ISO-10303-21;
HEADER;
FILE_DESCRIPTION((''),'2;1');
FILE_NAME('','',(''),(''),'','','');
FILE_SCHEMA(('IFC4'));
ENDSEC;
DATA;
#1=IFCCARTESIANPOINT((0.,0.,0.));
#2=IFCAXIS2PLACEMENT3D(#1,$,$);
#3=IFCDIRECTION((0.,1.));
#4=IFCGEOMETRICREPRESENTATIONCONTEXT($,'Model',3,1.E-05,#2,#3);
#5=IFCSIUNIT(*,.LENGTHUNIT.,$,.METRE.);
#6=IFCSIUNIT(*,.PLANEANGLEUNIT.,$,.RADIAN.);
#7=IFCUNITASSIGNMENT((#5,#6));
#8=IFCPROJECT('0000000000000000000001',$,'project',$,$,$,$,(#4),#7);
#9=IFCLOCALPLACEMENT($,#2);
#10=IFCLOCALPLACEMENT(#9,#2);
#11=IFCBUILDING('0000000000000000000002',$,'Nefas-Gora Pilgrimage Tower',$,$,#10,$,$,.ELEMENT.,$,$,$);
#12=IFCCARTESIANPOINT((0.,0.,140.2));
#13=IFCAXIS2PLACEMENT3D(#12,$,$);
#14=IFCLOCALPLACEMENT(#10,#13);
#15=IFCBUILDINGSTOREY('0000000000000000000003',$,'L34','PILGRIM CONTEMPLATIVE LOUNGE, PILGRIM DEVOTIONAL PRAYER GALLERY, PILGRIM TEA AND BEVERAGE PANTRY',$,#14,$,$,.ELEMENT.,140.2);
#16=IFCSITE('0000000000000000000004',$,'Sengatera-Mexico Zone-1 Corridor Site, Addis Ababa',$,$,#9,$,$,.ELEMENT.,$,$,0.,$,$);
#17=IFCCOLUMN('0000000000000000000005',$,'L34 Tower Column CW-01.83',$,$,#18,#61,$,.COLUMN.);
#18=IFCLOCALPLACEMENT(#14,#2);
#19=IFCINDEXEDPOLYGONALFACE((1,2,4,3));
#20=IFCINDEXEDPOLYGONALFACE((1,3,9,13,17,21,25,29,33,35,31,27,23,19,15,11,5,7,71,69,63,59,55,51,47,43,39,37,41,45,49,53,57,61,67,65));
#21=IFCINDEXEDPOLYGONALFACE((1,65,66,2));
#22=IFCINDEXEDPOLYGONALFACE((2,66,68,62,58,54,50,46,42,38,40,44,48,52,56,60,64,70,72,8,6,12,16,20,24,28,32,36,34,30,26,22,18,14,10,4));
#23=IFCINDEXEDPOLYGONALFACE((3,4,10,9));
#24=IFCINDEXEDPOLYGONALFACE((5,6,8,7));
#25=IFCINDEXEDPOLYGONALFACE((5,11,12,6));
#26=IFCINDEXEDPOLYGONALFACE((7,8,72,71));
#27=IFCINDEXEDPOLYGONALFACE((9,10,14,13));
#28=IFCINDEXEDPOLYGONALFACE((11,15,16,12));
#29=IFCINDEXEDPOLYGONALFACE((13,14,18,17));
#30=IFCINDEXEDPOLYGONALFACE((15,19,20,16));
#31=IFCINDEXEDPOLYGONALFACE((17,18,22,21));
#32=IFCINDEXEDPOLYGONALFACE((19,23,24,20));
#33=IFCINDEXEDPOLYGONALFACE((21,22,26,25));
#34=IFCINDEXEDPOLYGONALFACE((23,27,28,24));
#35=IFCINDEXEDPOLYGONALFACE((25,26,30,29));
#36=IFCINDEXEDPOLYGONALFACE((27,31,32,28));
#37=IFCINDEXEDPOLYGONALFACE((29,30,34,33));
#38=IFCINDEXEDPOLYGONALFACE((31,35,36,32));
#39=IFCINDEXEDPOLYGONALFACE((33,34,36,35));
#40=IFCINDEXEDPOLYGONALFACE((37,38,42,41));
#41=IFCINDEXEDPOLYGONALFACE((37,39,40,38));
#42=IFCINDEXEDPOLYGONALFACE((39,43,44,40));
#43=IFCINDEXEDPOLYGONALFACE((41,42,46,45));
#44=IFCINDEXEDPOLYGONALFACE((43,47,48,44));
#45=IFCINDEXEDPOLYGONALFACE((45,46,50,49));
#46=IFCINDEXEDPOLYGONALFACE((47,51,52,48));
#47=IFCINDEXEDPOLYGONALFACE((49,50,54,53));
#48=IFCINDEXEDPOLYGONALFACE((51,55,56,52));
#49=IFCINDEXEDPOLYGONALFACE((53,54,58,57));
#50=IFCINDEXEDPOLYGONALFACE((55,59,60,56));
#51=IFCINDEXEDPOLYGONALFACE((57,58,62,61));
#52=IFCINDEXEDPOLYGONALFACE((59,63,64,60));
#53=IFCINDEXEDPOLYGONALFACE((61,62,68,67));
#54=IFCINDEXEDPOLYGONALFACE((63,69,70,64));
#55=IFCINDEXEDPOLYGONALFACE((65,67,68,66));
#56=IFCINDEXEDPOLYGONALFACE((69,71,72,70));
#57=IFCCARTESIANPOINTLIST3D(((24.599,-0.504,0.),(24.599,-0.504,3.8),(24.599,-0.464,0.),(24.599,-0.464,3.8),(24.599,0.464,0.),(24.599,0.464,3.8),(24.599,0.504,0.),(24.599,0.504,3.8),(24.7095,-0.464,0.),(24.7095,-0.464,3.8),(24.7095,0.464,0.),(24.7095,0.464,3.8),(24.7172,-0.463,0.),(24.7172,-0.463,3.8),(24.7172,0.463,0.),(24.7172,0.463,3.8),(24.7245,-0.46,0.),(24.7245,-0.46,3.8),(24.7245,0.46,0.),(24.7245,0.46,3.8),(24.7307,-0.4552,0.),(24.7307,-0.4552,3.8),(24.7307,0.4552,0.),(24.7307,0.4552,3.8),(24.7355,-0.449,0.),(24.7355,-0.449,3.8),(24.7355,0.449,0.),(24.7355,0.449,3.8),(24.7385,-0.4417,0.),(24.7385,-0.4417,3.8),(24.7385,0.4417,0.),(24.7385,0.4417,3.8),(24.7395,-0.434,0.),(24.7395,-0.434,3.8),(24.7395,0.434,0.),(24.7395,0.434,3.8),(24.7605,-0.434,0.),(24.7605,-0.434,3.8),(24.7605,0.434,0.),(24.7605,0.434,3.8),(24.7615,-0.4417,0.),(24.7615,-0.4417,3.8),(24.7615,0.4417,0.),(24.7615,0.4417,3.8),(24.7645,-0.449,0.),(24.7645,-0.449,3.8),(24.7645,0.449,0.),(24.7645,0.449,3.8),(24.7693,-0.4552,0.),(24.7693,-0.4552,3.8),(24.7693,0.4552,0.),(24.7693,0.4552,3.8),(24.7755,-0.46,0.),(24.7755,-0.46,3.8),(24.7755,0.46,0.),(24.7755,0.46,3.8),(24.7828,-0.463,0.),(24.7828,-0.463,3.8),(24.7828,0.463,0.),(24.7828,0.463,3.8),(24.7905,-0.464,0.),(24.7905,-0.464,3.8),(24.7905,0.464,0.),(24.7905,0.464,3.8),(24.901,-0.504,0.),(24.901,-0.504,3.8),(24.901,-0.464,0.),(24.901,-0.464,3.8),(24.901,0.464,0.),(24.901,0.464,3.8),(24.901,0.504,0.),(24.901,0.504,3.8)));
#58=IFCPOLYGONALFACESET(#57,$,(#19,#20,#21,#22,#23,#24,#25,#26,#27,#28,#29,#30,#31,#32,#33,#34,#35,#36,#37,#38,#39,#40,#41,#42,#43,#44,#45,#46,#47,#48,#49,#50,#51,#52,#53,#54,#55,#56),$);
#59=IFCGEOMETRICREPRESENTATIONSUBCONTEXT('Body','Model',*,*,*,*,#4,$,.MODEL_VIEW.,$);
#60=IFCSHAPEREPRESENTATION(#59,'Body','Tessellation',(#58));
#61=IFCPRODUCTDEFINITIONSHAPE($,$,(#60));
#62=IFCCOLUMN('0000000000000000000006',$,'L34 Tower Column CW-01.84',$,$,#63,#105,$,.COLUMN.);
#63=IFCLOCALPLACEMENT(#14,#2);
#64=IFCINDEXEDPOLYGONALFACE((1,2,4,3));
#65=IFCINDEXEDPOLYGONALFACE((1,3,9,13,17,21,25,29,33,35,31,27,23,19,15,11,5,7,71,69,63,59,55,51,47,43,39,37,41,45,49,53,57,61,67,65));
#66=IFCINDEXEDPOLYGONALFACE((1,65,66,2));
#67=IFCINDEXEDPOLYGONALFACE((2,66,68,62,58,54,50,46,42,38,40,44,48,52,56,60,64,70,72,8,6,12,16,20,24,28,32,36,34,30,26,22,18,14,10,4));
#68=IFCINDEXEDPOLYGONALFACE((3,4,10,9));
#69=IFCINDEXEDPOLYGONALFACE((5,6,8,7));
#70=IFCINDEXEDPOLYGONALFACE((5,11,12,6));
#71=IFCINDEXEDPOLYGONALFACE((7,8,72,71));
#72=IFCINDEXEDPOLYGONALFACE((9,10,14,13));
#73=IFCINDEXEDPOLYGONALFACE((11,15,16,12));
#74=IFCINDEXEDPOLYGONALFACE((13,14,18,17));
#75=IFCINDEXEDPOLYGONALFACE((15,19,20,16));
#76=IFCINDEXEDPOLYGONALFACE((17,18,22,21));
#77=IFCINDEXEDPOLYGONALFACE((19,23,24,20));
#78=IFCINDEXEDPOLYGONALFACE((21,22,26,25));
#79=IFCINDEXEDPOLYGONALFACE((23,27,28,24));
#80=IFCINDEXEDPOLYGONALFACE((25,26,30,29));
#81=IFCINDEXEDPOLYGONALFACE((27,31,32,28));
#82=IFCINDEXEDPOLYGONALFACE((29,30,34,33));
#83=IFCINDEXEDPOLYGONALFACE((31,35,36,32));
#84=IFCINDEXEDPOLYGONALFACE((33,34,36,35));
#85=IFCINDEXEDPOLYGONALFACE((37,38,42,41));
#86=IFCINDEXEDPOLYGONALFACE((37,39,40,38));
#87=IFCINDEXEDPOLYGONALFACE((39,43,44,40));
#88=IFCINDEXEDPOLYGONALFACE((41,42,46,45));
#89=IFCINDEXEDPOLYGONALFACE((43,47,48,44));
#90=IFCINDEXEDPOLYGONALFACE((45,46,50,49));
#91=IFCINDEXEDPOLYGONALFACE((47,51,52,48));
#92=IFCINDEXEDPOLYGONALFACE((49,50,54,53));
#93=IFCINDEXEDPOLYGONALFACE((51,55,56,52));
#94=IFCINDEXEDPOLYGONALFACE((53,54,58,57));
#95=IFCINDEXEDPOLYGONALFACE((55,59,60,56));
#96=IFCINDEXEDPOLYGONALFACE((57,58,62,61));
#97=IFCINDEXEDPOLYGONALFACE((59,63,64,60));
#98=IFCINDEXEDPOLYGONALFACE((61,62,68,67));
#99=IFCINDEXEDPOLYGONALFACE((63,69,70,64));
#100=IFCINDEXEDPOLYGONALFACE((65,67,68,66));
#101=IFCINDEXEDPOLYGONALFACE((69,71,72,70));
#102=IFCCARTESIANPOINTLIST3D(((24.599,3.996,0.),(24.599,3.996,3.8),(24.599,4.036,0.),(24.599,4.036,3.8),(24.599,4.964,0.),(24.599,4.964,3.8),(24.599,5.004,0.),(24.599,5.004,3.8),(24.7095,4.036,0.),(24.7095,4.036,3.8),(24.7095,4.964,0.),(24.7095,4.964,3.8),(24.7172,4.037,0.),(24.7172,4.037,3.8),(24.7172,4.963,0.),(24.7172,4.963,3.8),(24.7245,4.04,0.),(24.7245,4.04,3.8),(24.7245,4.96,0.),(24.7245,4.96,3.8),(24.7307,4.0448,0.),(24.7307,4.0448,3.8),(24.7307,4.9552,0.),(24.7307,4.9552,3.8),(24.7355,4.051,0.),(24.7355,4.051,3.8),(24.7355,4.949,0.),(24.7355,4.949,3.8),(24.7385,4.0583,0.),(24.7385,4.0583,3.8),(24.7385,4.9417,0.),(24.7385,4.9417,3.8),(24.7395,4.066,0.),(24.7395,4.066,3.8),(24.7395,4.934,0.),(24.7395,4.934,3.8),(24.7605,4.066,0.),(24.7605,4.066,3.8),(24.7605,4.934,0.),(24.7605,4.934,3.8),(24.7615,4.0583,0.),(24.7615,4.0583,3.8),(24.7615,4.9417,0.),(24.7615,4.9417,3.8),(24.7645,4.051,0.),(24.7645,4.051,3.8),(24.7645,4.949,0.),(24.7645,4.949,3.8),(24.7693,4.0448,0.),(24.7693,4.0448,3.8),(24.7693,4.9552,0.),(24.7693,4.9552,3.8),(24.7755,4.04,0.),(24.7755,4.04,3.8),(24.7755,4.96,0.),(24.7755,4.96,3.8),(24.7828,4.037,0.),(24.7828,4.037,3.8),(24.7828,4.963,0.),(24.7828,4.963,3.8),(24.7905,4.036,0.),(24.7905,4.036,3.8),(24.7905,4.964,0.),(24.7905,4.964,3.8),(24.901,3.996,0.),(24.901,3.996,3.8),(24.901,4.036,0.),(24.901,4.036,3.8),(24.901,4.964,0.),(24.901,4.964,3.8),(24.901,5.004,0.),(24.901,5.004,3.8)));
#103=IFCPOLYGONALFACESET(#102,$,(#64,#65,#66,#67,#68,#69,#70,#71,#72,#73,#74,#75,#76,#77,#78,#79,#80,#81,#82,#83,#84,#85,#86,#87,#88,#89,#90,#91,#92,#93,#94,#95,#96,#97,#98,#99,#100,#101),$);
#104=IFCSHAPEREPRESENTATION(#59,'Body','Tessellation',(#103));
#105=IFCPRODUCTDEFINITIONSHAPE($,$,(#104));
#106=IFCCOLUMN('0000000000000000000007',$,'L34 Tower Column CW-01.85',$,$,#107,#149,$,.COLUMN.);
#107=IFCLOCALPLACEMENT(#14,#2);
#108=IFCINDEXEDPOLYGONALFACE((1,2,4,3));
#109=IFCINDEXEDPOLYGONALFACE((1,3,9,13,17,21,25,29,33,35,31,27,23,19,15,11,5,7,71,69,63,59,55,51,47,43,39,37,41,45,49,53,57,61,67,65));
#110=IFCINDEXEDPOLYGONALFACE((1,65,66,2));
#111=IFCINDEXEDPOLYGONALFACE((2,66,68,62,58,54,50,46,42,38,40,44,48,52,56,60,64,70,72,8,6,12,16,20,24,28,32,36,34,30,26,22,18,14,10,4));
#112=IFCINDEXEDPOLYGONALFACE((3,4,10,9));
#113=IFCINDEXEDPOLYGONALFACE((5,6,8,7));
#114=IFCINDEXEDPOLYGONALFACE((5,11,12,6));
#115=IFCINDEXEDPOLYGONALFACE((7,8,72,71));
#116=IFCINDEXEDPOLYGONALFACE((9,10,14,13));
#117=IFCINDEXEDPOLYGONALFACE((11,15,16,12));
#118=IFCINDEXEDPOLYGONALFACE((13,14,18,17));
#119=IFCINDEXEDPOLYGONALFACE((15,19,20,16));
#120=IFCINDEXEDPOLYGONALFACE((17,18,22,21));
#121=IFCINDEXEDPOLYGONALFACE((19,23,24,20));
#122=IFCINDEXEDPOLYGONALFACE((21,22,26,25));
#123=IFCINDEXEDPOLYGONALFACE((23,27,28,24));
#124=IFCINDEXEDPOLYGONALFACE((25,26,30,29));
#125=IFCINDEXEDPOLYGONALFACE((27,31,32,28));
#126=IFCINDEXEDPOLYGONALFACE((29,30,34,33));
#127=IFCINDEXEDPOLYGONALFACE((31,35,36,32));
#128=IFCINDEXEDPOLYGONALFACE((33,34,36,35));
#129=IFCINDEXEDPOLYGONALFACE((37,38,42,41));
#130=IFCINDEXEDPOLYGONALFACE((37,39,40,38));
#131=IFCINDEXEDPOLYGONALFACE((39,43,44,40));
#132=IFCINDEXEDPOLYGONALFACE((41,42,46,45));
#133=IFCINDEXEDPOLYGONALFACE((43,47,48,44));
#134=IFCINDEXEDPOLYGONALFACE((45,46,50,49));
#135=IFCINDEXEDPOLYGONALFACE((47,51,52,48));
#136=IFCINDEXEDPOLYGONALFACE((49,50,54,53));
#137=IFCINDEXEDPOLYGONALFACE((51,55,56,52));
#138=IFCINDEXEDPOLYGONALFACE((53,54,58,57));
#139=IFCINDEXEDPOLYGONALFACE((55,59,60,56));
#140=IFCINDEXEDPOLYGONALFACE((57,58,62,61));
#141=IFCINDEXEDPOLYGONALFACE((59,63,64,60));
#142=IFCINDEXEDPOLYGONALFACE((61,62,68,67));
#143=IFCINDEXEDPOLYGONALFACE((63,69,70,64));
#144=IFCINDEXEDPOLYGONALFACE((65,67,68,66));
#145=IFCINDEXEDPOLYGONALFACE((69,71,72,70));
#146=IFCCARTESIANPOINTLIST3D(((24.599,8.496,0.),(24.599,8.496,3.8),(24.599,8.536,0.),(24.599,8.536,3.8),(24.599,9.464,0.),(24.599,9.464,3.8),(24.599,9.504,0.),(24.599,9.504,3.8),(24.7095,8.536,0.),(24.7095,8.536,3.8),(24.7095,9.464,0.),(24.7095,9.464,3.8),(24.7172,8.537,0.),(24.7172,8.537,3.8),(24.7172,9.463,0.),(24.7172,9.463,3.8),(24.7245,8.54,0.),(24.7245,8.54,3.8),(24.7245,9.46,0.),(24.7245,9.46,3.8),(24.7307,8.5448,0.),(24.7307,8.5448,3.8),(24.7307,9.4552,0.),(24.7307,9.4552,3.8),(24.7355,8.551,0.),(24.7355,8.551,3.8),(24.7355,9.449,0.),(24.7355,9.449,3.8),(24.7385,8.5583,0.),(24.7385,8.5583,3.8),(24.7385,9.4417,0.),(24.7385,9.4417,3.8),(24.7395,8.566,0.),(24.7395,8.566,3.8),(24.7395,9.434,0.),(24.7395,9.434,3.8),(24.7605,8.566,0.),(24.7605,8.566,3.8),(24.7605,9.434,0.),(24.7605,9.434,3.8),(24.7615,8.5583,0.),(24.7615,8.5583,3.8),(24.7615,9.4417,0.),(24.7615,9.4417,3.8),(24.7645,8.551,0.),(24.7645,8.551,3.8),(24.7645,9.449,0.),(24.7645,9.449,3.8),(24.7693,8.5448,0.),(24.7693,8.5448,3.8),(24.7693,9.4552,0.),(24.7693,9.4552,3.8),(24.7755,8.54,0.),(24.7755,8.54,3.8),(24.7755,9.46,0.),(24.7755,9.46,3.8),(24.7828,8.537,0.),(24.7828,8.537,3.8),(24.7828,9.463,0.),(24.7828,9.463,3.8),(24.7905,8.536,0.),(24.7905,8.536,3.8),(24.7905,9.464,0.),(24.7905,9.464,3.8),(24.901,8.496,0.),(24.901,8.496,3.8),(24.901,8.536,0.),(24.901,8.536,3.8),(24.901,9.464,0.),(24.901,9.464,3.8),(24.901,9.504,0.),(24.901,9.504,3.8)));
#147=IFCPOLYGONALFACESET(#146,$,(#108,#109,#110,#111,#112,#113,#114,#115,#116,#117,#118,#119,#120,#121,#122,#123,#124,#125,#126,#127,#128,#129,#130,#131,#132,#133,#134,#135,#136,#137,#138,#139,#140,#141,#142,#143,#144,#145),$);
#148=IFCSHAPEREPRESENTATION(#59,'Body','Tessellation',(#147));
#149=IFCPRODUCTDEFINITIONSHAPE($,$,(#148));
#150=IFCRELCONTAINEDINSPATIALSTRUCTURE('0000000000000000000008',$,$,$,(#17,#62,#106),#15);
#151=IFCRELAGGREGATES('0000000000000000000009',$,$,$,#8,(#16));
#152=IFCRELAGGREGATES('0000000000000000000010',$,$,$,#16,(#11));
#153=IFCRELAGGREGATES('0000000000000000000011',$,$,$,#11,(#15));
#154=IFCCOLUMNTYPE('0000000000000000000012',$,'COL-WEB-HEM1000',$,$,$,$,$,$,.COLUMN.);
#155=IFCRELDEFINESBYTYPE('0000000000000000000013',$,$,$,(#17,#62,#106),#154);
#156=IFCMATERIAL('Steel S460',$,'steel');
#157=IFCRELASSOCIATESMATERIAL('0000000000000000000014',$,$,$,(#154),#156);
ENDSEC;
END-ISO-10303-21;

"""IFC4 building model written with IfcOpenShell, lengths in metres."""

from ifc_helpers import new_model, si_unit, direction, frame, origin, origin_2d, place, context, subcontext, project, spatial, i_section, extrude, source, transform, mapped, material, material_profile, profile_set, type_object, element, save


model = new_model("IFC4")

# Units and contexts
model_context = context("Model", 3, precision=1e-05, world=origin(), true_north=direction((0.0, 1.0)))
body_context = subcontext(model_context, "Body", "Model", "MODEL_VIEW")
ifc_project = project(units=[si_unit("LENGTHUNIT", "METRE"), si_unit("PLANEANGLEUNIT", "RADIAN")], contexts=[model_context])

# Site, building, storey
site_placement = place(None, origin())
site = spatial("IfcSite", under=ifc_project, at=site_placement, Name="Sengatera-Mexico Zone-1 Corridor Site, Addis Ababa", CompositionType="ELEMENT", RefElevation=0.0)
building_placement = place(site_placement, origin())
building = spatial("IfcBuilding", under=site, at=building_placement, Name="Nefas-Gora Pilgrimage Tower", CompositionType="ELEMENT")
storey_placement = place(building_placement, frame((0.0, 0.0, 140.2)))
storey = spatial("IfcBuildingStorey", under=building, at=storey_placement, Name="L34", Description="PILGRIM CONTEMPLATIVE LOUNGE, PILGRIM DEVOTIONAL PRAYER GALLERY, PILGRIM TEA AND BEVERAGE PANTRY", CompositionType="ELEMENT", Elevation=140.2)

# Columns
ifc_material_1 = material(Name="Steel S460", Category="steel")
ifc_material_profile_1 = material_profile(ifc_material_1, i_section(OverallWidth=0.302, OverallDepth=1.0081, WebThickness=0.021, FlangeThickness=0.04, FilletRadius=0.03, at=origin_2d()), Name="HEM 1000")
ifc_profile_set_1 = profile_set([ifc_material_profile_1], Name="Steel S460")
column_type_1 = type_object("IfcColumnType", Name="COL-WEB-HEM1000", PredefinedType="COLUMN", material=ifc_profile_set_1)
shared_shape_1 = source(origin(), body_context, "Body", "SweptSolid", [
    extrude(i_section(OverallWidth=0.302, OverallDepth=1.0081, WebThickness=0.021, FlangeThickness=0.04, FilletRadius=0.03, at=origin_2d()), origin(), (0.0, 0.0, 1.0), 3.8),
])
for number, where, z_axis, x_axis, name in (
    (1, (24.75, 0.0, 0.0), (0.0, 0.0, 1.0), (1.0, 0.0, 0.0), "L34 Tower Column CW-01.83"),
    (2, (24.75, 4.5, 0.0), (0.0, 0.0, 1.0), (1.0, 0.0, 0.0), "L34 Tower Column CW-01.84"),
    (3, (24.75, 9.0, 0.0), (0.0, 0.0, 1.0), (1.0, 0.0, 0.0), "L34 Tower Column CW-01.85"),
):
    element("IfcColumn", number, at=place(storey_placement, frame(where, z_axis=z_axis, x_axis=x_axis)), inside=storey, type_object=column_type_1, Name=name, PredefinedType="COLUMN", context=body_context, shape_type="MappedRepresentation", body=[
        mapped(shared_shape_1, transform((0.0, 0.0, 0.0), x_axis=(1.0, 0.0, 0.0), y_axis=(0.0, 1.0, 0.0), z_axis=(0.0, 0.0, 1.0), scale=1.0)),
    ])

save(model, "model.ifc")
